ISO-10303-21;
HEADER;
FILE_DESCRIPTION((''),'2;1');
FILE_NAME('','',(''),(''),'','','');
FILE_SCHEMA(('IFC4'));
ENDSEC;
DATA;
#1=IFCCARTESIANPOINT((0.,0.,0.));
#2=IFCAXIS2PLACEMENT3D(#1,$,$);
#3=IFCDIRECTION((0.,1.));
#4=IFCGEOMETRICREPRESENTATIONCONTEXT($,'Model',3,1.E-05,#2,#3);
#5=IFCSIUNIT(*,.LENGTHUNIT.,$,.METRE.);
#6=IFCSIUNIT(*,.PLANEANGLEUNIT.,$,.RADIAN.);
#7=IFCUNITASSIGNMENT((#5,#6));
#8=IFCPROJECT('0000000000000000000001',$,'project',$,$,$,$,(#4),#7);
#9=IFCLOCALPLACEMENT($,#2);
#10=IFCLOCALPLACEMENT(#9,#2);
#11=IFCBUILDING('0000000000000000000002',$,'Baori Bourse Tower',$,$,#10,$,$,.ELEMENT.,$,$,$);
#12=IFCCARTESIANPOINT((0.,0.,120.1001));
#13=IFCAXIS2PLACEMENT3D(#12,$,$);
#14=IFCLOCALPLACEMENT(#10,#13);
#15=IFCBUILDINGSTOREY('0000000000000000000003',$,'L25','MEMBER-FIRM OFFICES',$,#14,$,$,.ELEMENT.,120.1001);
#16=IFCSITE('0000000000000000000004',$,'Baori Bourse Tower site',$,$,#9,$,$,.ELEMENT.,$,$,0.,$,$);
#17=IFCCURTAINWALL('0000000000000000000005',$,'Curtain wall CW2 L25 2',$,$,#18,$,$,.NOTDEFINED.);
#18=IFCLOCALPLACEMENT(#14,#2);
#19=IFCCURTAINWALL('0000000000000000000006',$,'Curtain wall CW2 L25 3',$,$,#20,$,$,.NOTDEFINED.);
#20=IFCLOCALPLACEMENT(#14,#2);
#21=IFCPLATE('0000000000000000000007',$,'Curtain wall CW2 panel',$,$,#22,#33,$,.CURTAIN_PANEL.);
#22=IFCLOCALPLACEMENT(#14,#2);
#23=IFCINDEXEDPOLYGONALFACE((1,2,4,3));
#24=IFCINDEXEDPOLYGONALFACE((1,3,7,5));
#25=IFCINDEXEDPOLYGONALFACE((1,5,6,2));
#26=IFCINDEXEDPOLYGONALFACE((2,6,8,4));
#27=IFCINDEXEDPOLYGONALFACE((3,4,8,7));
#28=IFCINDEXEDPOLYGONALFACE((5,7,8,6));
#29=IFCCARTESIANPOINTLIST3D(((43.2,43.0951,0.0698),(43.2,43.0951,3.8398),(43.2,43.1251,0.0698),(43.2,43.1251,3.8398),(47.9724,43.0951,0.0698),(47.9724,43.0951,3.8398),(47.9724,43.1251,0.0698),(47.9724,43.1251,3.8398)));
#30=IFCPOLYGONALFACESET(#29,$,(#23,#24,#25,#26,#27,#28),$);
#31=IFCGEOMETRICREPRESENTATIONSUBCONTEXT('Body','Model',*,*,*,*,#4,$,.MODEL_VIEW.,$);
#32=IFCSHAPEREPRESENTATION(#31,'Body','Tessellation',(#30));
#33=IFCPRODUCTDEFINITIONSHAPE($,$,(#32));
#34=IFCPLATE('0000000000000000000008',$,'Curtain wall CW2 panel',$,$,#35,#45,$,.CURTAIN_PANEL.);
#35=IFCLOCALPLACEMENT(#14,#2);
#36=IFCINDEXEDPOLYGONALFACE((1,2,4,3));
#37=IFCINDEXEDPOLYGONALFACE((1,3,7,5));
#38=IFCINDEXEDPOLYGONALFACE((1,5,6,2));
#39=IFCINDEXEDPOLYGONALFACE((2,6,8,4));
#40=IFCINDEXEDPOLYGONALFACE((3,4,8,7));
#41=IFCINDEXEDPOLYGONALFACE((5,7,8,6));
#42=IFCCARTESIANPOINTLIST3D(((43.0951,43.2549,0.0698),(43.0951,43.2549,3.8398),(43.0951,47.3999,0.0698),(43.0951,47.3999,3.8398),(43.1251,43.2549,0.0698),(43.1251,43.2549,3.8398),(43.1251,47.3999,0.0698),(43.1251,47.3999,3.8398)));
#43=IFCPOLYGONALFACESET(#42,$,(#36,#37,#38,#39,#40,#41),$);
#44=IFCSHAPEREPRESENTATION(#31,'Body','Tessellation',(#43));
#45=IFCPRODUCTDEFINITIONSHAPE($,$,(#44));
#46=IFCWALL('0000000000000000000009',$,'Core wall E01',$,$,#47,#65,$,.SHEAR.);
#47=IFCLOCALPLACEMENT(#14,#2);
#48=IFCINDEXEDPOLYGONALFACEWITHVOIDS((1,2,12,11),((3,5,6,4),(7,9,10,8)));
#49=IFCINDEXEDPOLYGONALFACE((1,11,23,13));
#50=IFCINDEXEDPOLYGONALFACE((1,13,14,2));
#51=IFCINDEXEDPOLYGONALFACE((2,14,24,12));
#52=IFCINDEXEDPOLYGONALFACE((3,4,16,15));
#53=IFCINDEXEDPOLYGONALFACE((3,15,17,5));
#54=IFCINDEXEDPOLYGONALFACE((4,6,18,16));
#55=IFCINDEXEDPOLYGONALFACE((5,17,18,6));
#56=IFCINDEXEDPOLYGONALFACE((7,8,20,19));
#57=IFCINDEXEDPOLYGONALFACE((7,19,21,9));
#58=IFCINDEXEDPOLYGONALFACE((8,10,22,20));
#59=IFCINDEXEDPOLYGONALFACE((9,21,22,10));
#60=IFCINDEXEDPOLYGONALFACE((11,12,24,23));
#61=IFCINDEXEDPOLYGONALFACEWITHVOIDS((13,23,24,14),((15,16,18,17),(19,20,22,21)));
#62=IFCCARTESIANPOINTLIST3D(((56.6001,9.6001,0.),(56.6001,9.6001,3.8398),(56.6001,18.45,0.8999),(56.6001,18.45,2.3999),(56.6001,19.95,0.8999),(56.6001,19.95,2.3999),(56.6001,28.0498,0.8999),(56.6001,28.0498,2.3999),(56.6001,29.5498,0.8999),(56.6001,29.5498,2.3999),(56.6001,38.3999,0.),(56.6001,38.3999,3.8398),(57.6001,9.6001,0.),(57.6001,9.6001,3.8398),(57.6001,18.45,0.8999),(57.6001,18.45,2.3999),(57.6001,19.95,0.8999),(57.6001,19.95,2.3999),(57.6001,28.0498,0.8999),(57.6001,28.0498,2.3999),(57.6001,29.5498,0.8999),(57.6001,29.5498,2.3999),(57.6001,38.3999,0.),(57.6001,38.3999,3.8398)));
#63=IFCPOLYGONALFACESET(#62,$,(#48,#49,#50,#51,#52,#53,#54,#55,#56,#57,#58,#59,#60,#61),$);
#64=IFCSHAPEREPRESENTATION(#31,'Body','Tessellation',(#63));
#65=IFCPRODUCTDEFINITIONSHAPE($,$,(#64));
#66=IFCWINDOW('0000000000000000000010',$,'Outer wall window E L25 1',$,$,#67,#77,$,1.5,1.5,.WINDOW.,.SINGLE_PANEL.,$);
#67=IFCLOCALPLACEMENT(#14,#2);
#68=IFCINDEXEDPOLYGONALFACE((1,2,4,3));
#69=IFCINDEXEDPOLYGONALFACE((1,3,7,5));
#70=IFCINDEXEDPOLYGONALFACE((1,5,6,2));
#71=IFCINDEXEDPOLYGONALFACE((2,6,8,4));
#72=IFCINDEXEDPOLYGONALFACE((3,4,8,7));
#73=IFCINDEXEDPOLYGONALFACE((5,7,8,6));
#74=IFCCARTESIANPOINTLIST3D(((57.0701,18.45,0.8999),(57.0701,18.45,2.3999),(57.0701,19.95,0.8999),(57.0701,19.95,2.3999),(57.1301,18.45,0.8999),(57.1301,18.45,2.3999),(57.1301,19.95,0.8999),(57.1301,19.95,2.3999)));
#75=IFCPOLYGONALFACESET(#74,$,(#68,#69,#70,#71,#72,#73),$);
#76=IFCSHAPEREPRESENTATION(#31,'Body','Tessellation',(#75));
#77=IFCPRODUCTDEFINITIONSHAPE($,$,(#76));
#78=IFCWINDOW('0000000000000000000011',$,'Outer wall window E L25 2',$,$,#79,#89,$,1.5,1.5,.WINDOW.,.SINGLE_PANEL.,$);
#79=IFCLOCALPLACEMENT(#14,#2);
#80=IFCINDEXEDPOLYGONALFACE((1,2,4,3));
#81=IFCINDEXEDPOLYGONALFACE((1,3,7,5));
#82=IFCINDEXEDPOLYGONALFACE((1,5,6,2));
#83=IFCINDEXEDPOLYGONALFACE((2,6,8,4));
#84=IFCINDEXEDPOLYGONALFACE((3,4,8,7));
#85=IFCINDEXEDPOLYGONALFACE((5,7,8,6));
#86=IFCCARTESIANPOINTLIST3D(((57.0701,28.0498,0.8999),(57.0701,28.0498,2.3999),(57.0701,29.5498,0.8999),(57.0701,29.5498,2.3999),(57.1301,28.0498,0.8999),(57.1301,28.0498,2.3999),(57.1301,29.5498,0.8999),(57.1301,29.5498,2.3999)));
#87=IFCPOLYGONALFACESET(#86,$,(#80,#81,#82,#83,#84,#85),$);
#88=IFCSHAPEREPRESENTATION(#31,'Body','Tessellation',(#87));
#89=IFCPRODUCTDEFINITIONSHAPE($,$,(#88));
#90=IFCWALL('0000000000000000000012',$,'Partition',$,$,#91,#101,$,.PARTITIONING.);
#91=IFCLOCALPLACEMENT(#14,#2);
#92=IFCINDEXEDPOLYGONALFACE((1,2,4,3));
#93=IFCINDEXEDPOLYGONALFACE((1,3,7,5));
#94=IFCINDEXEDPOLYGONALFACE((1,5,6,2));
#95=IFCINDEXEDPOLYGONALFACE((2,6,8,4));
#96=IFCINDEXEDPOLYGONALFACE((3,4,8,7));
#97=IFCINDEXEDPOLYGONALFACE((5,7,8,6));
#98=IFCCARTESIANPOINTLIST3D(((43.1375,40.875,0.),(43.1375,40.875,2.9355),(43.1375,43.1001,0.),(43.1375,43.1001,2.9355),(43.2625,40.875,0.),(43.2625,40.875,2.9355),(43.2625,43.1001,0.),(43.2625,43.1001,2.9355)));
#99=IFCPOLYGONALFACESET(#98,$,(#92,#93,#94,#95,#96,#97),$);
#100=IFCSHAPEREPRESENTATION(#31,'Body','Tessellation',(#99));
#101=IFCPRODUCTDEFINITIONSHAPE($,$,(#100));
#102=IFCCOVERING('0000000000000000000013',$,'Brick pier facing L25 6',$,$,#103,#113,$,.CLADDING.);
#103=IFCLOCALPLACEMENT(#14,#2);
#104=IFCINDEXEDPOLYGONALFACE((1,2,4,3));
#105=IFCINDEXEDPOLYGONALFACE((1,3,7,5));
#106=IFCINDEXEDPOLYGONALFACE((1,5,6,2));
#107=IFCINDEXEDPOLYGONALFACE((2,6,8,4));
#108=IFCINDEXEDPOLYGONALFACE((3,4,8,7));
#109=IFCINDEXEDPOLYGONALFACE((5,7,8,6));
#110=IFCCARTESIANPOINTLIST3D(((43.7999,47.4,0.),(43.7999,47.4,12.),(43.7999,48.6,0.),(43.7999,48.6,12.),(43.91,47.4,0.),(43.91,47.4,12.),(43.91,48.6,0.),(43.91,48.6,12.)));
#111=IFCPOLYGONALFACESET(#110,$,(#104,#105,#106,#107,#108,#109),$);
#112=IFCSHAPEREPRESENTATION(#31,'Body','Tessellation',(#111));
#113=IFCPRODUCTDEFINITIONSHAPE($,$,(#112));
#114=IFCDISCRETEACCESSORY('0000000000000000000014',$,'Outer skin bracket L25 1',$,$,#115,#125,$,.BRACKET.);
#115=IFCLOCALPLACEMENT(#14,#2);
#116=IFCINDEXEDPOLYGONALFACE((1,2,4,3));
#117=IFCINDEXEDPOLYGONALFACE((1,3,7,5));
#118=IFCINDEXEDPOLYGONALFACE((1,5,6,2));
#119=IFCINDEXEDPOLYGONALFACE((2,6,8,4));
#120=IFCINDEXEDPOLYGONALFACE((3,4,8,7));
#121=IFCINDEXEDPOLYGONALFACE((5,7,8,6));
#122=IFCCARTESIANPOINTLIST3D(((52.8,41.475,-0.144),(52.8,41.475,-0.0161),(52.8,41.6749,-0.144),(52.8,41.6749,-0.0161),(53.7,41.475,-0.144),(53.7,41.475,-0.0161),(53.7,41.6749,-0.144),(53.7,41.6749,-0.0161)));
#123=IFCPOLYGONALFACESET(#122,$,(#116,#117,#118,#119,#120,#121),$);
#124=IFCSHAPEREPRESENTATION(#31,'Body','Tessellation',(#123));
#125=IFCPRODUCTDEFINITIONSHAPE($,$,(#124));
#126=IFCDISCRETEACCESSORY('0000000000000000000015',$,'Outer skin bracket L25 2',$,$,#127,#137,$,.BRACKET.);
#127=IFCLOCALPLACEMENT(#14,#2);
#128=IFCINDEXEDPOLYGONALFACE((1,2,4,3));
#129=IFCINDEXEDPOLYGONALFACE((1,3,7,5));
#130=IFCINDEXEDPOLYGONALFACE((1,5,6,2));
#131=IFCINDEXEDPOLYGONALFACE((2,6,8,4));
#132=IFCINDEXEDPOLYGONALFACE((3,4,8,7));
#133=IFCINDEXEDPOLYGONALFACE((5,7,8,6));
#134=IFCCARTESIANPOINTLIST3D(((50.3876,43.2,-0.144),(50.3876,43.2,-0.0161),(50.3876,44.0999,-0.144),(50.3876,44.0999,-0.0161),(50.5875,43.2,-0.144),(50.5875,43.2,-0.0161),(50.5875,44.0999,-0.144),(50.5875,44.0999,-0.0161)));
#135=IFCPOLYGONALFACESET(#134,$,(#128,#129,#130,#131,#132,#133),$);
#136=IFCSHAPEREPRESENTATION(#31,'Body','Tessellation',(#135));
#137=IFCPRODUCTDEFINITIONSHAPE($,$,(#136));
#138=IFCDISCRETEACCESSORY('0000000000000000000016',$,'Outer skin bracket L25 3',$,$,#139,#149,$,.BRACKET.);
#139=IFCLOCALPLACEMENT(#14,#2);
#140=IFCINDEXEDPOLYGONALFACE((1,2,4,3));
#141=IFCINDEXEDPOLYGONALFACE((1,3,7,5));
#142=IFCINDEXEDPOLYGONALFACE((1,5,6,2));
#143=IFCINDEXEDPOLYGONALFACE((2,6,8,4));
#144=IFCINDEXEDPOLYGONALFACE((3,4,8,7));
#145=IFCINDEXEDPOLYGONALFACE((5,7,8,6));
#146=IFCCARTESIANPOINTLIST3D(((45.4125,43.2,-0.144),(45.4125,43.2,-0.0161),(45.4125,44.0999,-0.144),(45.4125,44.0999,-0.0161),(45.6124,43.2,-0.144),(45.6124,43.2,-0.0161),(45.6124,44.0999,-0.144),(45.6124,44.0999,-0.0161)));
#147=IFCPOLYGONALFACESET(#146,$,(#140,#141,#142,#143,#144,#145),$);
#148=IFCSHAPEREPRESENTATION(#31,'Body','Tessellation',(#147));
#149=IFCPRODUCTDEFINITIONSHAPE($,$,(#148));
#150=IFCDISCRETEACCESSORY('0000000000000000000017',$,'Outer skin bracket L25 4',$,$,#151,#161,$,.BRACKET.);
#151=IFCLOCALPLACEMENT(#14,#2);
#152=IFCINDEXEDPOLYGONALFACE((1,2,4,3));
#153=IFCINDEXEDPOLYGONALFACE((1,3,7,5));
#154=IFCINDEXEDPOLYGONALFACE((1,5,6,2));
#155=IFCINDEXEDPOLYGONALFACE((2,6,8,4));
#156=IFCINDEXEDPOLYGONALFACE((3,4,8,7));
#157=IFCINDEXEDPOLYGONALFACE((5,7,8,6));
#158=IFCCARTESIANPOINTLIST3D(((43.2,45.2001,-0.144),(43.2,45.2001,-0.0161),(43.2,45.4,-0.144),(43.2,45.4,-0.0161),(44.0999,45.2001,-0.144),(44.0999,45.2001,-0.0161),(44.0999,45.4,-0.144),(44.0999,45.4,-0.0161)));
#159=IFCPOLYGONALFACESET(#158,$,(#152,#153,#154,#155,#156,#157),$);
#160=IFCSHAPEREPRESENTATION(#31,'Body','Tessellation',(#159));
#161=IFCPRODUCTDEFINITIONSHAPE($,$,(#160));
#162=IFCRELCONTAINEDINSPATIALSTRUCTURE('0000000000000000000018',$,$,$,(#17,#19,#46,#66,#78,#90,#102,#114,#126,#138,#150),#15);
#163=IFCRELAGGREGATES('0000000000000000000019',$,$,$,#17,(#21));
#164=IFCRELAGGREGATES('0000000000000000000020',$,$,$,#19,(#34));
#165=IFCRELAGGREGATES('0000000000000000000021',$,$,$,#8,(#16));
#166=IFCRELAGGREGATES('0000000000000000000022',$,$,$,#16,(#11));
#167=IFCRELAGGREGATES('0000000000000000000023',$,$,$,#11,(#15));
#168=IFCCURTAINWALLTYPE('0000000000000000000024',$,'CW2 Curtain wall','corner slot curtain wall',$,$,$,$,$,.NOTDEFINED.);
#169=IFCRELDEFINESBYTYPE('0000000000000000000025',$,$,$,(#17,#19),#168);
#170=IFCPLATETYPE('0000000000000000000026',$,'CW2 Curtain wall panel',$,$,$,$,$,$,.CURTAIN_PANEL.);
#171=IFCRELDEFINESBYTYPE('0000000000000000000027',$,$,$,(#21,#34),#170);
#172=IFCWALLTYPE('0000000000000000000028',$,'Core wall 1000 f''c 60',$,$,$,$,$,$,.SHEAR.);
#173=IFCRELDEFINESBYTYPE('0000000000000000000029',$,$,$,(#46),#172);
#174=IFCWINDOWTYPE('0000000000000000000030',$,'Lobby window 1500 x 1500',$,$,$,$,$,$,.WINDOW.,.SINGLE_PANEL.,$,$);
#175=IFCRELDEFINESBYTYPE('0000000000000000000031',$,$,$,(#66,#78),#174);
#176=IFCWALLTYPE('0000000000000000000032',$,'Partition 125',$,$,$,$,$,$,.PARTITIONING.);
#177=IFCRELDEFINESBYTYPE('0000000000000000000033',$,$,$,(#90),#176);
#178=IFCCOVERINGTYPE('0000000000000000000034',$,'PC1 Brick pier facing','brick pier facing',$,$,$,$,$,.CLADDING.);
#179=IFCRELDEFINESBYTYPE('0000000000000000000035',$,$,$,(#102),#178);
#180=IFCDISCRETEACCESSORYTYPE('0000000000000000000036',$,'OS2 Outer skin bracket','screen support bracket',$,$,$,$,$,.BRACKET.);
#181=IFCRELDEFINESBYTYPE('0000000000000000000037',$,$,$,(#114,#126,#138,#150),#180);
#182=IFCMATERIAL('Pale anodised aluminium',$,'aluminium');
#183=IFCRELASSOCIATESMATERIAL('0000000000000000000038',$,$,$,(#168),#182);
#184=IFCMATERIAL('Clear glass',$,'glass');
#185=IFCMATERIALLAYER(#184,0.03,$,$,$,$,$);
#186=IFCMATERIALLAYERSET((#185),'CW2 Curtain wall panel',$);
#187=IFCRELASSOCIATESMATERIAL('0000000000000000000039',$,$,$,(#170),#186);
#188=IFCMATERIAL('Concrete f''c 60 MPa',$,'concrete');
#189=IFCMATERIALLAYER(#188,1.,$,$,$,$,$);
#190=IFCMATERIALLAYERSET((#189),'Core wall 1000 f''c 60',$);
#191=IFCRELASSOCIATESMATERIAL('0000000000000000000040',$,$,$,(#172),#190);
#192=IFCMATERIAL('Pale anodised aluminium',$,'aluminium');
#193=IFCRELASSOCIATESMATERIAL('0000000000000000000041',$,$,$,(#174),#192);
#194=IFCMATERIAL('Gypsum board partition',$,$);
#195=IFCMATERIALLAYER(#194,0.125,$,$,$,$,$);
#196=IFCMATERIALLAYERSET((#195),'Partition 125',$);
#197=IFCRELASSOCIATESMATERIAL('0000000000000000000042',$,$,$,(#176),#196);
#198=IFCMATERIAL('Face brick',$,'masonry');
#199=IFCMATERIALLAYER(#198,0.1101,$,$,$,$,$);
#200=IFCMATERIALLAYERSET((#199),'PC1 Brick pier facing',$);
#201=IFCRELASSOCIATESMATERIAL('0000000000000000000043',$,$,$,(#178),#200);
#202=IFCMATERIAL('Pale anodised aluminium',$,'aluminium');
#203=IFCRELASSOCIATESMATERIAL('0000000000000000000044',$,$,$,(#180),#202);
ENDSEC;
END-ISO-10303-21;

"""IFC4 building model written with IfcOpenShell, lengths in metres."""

from ifc_helpers import new_model, si_unit, direction, frame, frame_2d, origin, origin_2d, place, context, subcontext, project, spatial, rectangle, extrude, material, layer, layer_set, type_object, element, fill, aggregate, save


model = new_model("IFC4")

# Units and contexts
model_context = context("Model", 3, precision=1e-05, world=origin(), true_north=direction((0.0, 1.0)))
body_context = subcontext(model_context, "Body", "Model", "MODEL_VIEW")
ifc_project = project(units=[si_unit("LENGTHUNIT", "METRE"), si_unit("PLANEANGLEUNIT", "RADIAN")], contexts=[model_context])

# Site, building, storey
site_placement = place(None, origin())
site = spatial("IfcSite", under=ifc_project, at=site_placement, Name="Baori Bourse Tower site", CompositionType="ELEMENT", RefElevation=0.0)
building_placement = place(site_placement, origin())
building = spatial("IfcBuilding", under=site, at=building_placement, Name="Baori Bourse Tower", CompositionType="ELEMENT")
storey_placement = place(building_placement, frame((0.0, 0.0, 120.1001)))
storey = spatial("IfcBuildingStorey", under=building, at=storey_placement, Name="L25", Description="MEMBER-FIRM OFFICES", CompositionType="ELEMENT", Elevation=120.1001)

# Curtain wall
ifc_material_1 = material(Name="Pale anodised aluminium", Category="aluminium")
curtain_wall_type_1 = type_object("IfcCurtainWallType", Name="CW2 Curtain wall", Description="corner slot curtain wall", PredefinedType="NOTDEFINED", material=ifc_material_1)
curtain_wall_1_placement = place(storey_placement, origin())
curtain_wall_1 = element("IfcCurtainWall", 1, at=curtain_wall_1_placement, inside=storey, type_object=curtain_wall_type_1, Name="Curtain wall CW2 L25 2", PredefinedType="NOTDEFINED")

# Curtain wall
curtain_wall_2_placement = place(storey_placement, origin())
curtain_wall_2 = element("IfcCurtainWall", 2, at=curtain_wall_2_placement, inside=storey, type_object=curtain_wall_type_1, Name="Curtain wall CW2 L25 3", PredefinedType="NOTDEFINED")

# Shared definitions
ifc_material_2 = material(Name="Clear glass", Category="glass")
ifc_layer_1 = layer(ifc_material_2, 0.03)
ifc_layer_set_1 = layer_set([ifc_layer_1], Name="CW2 Curtain wall panel")
plate_type = type_object("IfcPlateType", Name="CW2 Curtain wall panel", PredefinedType="CURTAIN_PANEL", material=ifc_layer_set_1)

# Plates
plate_1_placement = place(storey_placement, frame((45.5862, 43.1101, 0.0698), z_axis=(0.0, 0.0, 1.0), x_axis=(-1.0, 0.0, 0.0)))
plate_1 = element("IfcPlate", 3, at=plate_1_placement, type_object=plate_type, Name="Curtain wall CW2 panel", PredefinedType="CURTAIN_PANEL", context=body_context, shape_type="SweptSolid", body=[
    extrude(rectangle(XDim=4.7725, YDim=0.03, at=origin_2d()), origin(), (0.0, 0.0, 1.0), 3.77),
])
aggregate(curtain_wall_1, [plate_1])
plate_2_placement = place(storey_placement, frame((43.1101, 45.3274, 0.0698), z_axis=(0.0, 0.0, 1.0), x_axis=(0.0, 1.0, 0.0)))
plate_2 = element("IfcPlate", 4, at=plate_2_placement, type_object=plate_type, Name="Curtain wall CW2 panel", PredefinedType="CURTAIN_PANEL", context=body_context, shape_type="SweptSolid", body=[
    extrude(rectangle(XDim=4.145, YDim=0.03, at=origin_2d()), origin(), (0.0, 0.0, 1.0), 3.77),
])
aggregate(curtain_wall_2, [plate_2])

# Wall, openings, windows
ifc_material_3 = material(Name="Concrete f'c 60 MPa", Category="concrete")
ifc_layer_2 = layer(ifc_material_3, 1.0)
ifc_layer_set_2 = layer_set([ifc_layer_2], Name="Core wall 1000 f'c 60")
wall_type_1 = type_object("IfcWallType", Name="Core wall 1000 f'c 60", PredefinedType="SHEAR", material=ifc_layer_set_2)
wall_1_placement = place(storey_placement, frame((57.1001, 38.3999, 0.0), z_axis=(0.0, 0.0, 1.0), x_axis=(0.0, -1.0, 0.0)))
wall_1 = element("IfcWall", 5, at=wall_1_placement, inside=storey, type_object=wall_type_1, Name="Core wall E01", PredefinedType="SHEAR", context=body_context, shape_type="SweptSolid", body=[
    extrude(rectangle(XDim=28.7998, YDim=1.0, at=frame_2d((14.3999, 0.0))), origin(), (0.0, 0.0, 1.0), 3.8398),
])
opening_1_placement = place(wall_1_placement, frame((18.45, 0.0, 0.8999)))
opening_1 = element("IfcOpeningElement", 6, at=opening_1_placement, cuts=wall_1, PredefinedType="OPENING", context=body_context, shape_type="SweptSolid", body=[
    extrude(rectangle(XDim=1.5, YDim=1.5, at=frame_2d((0.75, 0.75))), frame((0.0, 0.51, 0.0), z_axis=(0.0, -1.0, 0.0), x_axis=(1.0, 0.0, 0.0)), (0.0, 0.0, 1.0), 1.02),
])
opening_2_placement = place(wall_1_placement, frame((8.8501, 0.0, 0.8999)))
opening_2 = element("IfcOpeningElement", 7, at=opening_2_placement, cuts=wall_1, PredefinedType="OPENING", context=body_context, shape_type="SweptSolid", body=[
    extrude(rectangle(XDim=1.5, YDim=1.5, at=frame_2d((0.75, 0.75))), frame((0.0, 0.51, 0.0), z_axis=(0.0, -1.0, 0.0), x_axis=(1.0, 0.0, 0.0)), (0.0, 0.0, 1.0), 1.02),
])
ifc_material_4 = material(Name="Pale anodised aluminium", Category="aluminium")
window_type = type_object("IfcWindowType", Name="Lobby window 1500 x 1500", PartitioningType="SINGLE_PANEL", PredefinedType="WINDOW", material=ifc_material_4)
window_1_placement = place(opening_1_placement, origin())
window_1 = element("IfcWindow", 8, at=window_1_placement, inside=storey, type_object=window_type, Name="Outer wall window E L25 1", OverallHeight=1.5, OverallWidth=1.5, PartitioningType="SINGLE_PANEL", PredefinedType="WINDOW", context=body_context, shape_type="SweptSolid", body=[
    extrude(rectangle(XDim=1.5, YDim=1.5, at=frame_2d((0.75, 0.75))), frame((0.0, 0.03, 0.0), z_axis=(0.0, -1.0, 0.0), x_axis=(1.0, 0.0, 0.0)), (0.0, 0.0, 1.0), 0.0601),
])
fill(opening_1, window_1)
window_2_placement = place(opening_2_placement, origin())
window_2 = element("IfcWindow", 9, at=window_2_placement, inside=storey, type_object=window_type, Name="Outer wall window E L25 2", OverallHeight=1.5, OverallWidth=1.5, PartitioningType="SINGLE_PANEL", PredefinedType="WINDOW", context=body_context, shape_type="SweptSolid", body=[
    extrude(rectangle(XDim=1.5, YDim=1.5, at=frame_2d((0.75, 0.75))), frame((0.0, 0.03, 0.0), z_axis=(0.0, -1.0, 0.0), x_axis=(1.0, 0.0, 0.0)), (0.0, 0.0, 1.0), 0.0601),
])
fill(opening_2, window_2)

# Wall
ifc_material_5 = material(Name="Gypsum board partition")
ifc_layer_3 = layer(ifc_material_5, 0.125)
ifc_layer_set_3 = layer_set([ifc_layer_3], Name="Partition 125")
wall_type_2 = type_object("IfcWallType", Name="Partition 125", PredefinedType="PARTITIONING", material=ifc_layer_set_3)
wall_2_placement = place(storey_placement, frame((43.2, 40.875, 0.0), z_axis=(0.0, 0.0, 1.0), x_axis=(0.0, 1.0, 0.0)))
element("IfcWall", 10, at=wall_2_placement, inside=storey, type_object=wall_type_2, Name="Partition", PredefinedType="PARTITIONING", context=body_context, shape_type="SweptSolid", body=[
    extrude(rectangle(XDim=2.2251, YDim=0.125, at=frame_2d((1.1125, 0.0))), origin(), (0.0, 0.0, 1.0), 2.9355),
])

# Covering
ifc_material_6 = material(Name="Face brick", Category="masonry")
ifc_layer_4 = layer(ifc_material_6, 0.1101)
ifc_layer_set_4 = layer_set([ifc_layer_4], Name="PC1 Brick pier facing")
covering_type = type_object("IfcCoveringType", Name="PC1 Brick pier facing", Description="brick pier facing", PredefinedType="CLADDING", material=ifc_layer_set_4)
covering_placement = place(storey_placement, frame((43.855, 48.0, 0.0), z_axis=(0.0, 0.0, 1.0), x_axis=(1.0, 0.0, 0.0)))
element("IfcCovering", 11, at=covering_placement, inside=storey, type_object=covering_type, Name="Brick pier facing L25 6", PredefinedType="CLADDING", context=body_context, shape_type="SweptSolid", body=[
    extrude(rectangle(XDim=0.1101, YDim=1.2, at=origin_2d()), origin(), (0.0, 0.0, 1.0), 12.0),
])

# Discrete accessories
ifc_material_7 = material(Name="Pale anodised aluminium", Category="aluminium")
discrete_accessory_type = type_object("IfcDiscreteAccessoryType", Name="OS2 Outer skin bracket", Description="screen support bracket", PredefinedType="BRACKET", material=ifc_material_7)
for number, where, z_axis, x_axis, name in (
    (12, (53.25, 41.575, -0.144), (0.0, 0.0, 1.0), (0.0, 1.0, 0.0), "Outer skin bracket L25 1"),
    (13, (50.4875, 43.6499, -0.144), (0.0, 0.0, 1.0), (-1.0, 0.0, 0.0), "Outer skin bracket L25 2"),
    (14, (45.5125, 43.6499, -0.144), (0.0, 0.0, 1.0), (-1.0, 0.0, 0.0), "Outer skin bracket L25 3"),
    (15, (43.6499, 45.3, -0.144), (0.0, 0.0, 1.0), (0.0, 1.0, 0.0), "Outer skin bracket L25 4"),
):
    element("IfcDiscreteAccessory", number, at=place(storey_placement, frame(where, z_axis=z_axis, x_axis=x_axis)), inside=storey, type_object=discrete_accessory_type, Name=name, PredefinedType="BRACKET", context=body_context, shape_type="SweptSolid", body=[
        extrude(rectangle(XDim=0.2, YDim=0.8999, at=origin_2d()), origin(), (0.0, 0.0, 1.0), 0.1279),
    ])

save(model, "model.ifc")
